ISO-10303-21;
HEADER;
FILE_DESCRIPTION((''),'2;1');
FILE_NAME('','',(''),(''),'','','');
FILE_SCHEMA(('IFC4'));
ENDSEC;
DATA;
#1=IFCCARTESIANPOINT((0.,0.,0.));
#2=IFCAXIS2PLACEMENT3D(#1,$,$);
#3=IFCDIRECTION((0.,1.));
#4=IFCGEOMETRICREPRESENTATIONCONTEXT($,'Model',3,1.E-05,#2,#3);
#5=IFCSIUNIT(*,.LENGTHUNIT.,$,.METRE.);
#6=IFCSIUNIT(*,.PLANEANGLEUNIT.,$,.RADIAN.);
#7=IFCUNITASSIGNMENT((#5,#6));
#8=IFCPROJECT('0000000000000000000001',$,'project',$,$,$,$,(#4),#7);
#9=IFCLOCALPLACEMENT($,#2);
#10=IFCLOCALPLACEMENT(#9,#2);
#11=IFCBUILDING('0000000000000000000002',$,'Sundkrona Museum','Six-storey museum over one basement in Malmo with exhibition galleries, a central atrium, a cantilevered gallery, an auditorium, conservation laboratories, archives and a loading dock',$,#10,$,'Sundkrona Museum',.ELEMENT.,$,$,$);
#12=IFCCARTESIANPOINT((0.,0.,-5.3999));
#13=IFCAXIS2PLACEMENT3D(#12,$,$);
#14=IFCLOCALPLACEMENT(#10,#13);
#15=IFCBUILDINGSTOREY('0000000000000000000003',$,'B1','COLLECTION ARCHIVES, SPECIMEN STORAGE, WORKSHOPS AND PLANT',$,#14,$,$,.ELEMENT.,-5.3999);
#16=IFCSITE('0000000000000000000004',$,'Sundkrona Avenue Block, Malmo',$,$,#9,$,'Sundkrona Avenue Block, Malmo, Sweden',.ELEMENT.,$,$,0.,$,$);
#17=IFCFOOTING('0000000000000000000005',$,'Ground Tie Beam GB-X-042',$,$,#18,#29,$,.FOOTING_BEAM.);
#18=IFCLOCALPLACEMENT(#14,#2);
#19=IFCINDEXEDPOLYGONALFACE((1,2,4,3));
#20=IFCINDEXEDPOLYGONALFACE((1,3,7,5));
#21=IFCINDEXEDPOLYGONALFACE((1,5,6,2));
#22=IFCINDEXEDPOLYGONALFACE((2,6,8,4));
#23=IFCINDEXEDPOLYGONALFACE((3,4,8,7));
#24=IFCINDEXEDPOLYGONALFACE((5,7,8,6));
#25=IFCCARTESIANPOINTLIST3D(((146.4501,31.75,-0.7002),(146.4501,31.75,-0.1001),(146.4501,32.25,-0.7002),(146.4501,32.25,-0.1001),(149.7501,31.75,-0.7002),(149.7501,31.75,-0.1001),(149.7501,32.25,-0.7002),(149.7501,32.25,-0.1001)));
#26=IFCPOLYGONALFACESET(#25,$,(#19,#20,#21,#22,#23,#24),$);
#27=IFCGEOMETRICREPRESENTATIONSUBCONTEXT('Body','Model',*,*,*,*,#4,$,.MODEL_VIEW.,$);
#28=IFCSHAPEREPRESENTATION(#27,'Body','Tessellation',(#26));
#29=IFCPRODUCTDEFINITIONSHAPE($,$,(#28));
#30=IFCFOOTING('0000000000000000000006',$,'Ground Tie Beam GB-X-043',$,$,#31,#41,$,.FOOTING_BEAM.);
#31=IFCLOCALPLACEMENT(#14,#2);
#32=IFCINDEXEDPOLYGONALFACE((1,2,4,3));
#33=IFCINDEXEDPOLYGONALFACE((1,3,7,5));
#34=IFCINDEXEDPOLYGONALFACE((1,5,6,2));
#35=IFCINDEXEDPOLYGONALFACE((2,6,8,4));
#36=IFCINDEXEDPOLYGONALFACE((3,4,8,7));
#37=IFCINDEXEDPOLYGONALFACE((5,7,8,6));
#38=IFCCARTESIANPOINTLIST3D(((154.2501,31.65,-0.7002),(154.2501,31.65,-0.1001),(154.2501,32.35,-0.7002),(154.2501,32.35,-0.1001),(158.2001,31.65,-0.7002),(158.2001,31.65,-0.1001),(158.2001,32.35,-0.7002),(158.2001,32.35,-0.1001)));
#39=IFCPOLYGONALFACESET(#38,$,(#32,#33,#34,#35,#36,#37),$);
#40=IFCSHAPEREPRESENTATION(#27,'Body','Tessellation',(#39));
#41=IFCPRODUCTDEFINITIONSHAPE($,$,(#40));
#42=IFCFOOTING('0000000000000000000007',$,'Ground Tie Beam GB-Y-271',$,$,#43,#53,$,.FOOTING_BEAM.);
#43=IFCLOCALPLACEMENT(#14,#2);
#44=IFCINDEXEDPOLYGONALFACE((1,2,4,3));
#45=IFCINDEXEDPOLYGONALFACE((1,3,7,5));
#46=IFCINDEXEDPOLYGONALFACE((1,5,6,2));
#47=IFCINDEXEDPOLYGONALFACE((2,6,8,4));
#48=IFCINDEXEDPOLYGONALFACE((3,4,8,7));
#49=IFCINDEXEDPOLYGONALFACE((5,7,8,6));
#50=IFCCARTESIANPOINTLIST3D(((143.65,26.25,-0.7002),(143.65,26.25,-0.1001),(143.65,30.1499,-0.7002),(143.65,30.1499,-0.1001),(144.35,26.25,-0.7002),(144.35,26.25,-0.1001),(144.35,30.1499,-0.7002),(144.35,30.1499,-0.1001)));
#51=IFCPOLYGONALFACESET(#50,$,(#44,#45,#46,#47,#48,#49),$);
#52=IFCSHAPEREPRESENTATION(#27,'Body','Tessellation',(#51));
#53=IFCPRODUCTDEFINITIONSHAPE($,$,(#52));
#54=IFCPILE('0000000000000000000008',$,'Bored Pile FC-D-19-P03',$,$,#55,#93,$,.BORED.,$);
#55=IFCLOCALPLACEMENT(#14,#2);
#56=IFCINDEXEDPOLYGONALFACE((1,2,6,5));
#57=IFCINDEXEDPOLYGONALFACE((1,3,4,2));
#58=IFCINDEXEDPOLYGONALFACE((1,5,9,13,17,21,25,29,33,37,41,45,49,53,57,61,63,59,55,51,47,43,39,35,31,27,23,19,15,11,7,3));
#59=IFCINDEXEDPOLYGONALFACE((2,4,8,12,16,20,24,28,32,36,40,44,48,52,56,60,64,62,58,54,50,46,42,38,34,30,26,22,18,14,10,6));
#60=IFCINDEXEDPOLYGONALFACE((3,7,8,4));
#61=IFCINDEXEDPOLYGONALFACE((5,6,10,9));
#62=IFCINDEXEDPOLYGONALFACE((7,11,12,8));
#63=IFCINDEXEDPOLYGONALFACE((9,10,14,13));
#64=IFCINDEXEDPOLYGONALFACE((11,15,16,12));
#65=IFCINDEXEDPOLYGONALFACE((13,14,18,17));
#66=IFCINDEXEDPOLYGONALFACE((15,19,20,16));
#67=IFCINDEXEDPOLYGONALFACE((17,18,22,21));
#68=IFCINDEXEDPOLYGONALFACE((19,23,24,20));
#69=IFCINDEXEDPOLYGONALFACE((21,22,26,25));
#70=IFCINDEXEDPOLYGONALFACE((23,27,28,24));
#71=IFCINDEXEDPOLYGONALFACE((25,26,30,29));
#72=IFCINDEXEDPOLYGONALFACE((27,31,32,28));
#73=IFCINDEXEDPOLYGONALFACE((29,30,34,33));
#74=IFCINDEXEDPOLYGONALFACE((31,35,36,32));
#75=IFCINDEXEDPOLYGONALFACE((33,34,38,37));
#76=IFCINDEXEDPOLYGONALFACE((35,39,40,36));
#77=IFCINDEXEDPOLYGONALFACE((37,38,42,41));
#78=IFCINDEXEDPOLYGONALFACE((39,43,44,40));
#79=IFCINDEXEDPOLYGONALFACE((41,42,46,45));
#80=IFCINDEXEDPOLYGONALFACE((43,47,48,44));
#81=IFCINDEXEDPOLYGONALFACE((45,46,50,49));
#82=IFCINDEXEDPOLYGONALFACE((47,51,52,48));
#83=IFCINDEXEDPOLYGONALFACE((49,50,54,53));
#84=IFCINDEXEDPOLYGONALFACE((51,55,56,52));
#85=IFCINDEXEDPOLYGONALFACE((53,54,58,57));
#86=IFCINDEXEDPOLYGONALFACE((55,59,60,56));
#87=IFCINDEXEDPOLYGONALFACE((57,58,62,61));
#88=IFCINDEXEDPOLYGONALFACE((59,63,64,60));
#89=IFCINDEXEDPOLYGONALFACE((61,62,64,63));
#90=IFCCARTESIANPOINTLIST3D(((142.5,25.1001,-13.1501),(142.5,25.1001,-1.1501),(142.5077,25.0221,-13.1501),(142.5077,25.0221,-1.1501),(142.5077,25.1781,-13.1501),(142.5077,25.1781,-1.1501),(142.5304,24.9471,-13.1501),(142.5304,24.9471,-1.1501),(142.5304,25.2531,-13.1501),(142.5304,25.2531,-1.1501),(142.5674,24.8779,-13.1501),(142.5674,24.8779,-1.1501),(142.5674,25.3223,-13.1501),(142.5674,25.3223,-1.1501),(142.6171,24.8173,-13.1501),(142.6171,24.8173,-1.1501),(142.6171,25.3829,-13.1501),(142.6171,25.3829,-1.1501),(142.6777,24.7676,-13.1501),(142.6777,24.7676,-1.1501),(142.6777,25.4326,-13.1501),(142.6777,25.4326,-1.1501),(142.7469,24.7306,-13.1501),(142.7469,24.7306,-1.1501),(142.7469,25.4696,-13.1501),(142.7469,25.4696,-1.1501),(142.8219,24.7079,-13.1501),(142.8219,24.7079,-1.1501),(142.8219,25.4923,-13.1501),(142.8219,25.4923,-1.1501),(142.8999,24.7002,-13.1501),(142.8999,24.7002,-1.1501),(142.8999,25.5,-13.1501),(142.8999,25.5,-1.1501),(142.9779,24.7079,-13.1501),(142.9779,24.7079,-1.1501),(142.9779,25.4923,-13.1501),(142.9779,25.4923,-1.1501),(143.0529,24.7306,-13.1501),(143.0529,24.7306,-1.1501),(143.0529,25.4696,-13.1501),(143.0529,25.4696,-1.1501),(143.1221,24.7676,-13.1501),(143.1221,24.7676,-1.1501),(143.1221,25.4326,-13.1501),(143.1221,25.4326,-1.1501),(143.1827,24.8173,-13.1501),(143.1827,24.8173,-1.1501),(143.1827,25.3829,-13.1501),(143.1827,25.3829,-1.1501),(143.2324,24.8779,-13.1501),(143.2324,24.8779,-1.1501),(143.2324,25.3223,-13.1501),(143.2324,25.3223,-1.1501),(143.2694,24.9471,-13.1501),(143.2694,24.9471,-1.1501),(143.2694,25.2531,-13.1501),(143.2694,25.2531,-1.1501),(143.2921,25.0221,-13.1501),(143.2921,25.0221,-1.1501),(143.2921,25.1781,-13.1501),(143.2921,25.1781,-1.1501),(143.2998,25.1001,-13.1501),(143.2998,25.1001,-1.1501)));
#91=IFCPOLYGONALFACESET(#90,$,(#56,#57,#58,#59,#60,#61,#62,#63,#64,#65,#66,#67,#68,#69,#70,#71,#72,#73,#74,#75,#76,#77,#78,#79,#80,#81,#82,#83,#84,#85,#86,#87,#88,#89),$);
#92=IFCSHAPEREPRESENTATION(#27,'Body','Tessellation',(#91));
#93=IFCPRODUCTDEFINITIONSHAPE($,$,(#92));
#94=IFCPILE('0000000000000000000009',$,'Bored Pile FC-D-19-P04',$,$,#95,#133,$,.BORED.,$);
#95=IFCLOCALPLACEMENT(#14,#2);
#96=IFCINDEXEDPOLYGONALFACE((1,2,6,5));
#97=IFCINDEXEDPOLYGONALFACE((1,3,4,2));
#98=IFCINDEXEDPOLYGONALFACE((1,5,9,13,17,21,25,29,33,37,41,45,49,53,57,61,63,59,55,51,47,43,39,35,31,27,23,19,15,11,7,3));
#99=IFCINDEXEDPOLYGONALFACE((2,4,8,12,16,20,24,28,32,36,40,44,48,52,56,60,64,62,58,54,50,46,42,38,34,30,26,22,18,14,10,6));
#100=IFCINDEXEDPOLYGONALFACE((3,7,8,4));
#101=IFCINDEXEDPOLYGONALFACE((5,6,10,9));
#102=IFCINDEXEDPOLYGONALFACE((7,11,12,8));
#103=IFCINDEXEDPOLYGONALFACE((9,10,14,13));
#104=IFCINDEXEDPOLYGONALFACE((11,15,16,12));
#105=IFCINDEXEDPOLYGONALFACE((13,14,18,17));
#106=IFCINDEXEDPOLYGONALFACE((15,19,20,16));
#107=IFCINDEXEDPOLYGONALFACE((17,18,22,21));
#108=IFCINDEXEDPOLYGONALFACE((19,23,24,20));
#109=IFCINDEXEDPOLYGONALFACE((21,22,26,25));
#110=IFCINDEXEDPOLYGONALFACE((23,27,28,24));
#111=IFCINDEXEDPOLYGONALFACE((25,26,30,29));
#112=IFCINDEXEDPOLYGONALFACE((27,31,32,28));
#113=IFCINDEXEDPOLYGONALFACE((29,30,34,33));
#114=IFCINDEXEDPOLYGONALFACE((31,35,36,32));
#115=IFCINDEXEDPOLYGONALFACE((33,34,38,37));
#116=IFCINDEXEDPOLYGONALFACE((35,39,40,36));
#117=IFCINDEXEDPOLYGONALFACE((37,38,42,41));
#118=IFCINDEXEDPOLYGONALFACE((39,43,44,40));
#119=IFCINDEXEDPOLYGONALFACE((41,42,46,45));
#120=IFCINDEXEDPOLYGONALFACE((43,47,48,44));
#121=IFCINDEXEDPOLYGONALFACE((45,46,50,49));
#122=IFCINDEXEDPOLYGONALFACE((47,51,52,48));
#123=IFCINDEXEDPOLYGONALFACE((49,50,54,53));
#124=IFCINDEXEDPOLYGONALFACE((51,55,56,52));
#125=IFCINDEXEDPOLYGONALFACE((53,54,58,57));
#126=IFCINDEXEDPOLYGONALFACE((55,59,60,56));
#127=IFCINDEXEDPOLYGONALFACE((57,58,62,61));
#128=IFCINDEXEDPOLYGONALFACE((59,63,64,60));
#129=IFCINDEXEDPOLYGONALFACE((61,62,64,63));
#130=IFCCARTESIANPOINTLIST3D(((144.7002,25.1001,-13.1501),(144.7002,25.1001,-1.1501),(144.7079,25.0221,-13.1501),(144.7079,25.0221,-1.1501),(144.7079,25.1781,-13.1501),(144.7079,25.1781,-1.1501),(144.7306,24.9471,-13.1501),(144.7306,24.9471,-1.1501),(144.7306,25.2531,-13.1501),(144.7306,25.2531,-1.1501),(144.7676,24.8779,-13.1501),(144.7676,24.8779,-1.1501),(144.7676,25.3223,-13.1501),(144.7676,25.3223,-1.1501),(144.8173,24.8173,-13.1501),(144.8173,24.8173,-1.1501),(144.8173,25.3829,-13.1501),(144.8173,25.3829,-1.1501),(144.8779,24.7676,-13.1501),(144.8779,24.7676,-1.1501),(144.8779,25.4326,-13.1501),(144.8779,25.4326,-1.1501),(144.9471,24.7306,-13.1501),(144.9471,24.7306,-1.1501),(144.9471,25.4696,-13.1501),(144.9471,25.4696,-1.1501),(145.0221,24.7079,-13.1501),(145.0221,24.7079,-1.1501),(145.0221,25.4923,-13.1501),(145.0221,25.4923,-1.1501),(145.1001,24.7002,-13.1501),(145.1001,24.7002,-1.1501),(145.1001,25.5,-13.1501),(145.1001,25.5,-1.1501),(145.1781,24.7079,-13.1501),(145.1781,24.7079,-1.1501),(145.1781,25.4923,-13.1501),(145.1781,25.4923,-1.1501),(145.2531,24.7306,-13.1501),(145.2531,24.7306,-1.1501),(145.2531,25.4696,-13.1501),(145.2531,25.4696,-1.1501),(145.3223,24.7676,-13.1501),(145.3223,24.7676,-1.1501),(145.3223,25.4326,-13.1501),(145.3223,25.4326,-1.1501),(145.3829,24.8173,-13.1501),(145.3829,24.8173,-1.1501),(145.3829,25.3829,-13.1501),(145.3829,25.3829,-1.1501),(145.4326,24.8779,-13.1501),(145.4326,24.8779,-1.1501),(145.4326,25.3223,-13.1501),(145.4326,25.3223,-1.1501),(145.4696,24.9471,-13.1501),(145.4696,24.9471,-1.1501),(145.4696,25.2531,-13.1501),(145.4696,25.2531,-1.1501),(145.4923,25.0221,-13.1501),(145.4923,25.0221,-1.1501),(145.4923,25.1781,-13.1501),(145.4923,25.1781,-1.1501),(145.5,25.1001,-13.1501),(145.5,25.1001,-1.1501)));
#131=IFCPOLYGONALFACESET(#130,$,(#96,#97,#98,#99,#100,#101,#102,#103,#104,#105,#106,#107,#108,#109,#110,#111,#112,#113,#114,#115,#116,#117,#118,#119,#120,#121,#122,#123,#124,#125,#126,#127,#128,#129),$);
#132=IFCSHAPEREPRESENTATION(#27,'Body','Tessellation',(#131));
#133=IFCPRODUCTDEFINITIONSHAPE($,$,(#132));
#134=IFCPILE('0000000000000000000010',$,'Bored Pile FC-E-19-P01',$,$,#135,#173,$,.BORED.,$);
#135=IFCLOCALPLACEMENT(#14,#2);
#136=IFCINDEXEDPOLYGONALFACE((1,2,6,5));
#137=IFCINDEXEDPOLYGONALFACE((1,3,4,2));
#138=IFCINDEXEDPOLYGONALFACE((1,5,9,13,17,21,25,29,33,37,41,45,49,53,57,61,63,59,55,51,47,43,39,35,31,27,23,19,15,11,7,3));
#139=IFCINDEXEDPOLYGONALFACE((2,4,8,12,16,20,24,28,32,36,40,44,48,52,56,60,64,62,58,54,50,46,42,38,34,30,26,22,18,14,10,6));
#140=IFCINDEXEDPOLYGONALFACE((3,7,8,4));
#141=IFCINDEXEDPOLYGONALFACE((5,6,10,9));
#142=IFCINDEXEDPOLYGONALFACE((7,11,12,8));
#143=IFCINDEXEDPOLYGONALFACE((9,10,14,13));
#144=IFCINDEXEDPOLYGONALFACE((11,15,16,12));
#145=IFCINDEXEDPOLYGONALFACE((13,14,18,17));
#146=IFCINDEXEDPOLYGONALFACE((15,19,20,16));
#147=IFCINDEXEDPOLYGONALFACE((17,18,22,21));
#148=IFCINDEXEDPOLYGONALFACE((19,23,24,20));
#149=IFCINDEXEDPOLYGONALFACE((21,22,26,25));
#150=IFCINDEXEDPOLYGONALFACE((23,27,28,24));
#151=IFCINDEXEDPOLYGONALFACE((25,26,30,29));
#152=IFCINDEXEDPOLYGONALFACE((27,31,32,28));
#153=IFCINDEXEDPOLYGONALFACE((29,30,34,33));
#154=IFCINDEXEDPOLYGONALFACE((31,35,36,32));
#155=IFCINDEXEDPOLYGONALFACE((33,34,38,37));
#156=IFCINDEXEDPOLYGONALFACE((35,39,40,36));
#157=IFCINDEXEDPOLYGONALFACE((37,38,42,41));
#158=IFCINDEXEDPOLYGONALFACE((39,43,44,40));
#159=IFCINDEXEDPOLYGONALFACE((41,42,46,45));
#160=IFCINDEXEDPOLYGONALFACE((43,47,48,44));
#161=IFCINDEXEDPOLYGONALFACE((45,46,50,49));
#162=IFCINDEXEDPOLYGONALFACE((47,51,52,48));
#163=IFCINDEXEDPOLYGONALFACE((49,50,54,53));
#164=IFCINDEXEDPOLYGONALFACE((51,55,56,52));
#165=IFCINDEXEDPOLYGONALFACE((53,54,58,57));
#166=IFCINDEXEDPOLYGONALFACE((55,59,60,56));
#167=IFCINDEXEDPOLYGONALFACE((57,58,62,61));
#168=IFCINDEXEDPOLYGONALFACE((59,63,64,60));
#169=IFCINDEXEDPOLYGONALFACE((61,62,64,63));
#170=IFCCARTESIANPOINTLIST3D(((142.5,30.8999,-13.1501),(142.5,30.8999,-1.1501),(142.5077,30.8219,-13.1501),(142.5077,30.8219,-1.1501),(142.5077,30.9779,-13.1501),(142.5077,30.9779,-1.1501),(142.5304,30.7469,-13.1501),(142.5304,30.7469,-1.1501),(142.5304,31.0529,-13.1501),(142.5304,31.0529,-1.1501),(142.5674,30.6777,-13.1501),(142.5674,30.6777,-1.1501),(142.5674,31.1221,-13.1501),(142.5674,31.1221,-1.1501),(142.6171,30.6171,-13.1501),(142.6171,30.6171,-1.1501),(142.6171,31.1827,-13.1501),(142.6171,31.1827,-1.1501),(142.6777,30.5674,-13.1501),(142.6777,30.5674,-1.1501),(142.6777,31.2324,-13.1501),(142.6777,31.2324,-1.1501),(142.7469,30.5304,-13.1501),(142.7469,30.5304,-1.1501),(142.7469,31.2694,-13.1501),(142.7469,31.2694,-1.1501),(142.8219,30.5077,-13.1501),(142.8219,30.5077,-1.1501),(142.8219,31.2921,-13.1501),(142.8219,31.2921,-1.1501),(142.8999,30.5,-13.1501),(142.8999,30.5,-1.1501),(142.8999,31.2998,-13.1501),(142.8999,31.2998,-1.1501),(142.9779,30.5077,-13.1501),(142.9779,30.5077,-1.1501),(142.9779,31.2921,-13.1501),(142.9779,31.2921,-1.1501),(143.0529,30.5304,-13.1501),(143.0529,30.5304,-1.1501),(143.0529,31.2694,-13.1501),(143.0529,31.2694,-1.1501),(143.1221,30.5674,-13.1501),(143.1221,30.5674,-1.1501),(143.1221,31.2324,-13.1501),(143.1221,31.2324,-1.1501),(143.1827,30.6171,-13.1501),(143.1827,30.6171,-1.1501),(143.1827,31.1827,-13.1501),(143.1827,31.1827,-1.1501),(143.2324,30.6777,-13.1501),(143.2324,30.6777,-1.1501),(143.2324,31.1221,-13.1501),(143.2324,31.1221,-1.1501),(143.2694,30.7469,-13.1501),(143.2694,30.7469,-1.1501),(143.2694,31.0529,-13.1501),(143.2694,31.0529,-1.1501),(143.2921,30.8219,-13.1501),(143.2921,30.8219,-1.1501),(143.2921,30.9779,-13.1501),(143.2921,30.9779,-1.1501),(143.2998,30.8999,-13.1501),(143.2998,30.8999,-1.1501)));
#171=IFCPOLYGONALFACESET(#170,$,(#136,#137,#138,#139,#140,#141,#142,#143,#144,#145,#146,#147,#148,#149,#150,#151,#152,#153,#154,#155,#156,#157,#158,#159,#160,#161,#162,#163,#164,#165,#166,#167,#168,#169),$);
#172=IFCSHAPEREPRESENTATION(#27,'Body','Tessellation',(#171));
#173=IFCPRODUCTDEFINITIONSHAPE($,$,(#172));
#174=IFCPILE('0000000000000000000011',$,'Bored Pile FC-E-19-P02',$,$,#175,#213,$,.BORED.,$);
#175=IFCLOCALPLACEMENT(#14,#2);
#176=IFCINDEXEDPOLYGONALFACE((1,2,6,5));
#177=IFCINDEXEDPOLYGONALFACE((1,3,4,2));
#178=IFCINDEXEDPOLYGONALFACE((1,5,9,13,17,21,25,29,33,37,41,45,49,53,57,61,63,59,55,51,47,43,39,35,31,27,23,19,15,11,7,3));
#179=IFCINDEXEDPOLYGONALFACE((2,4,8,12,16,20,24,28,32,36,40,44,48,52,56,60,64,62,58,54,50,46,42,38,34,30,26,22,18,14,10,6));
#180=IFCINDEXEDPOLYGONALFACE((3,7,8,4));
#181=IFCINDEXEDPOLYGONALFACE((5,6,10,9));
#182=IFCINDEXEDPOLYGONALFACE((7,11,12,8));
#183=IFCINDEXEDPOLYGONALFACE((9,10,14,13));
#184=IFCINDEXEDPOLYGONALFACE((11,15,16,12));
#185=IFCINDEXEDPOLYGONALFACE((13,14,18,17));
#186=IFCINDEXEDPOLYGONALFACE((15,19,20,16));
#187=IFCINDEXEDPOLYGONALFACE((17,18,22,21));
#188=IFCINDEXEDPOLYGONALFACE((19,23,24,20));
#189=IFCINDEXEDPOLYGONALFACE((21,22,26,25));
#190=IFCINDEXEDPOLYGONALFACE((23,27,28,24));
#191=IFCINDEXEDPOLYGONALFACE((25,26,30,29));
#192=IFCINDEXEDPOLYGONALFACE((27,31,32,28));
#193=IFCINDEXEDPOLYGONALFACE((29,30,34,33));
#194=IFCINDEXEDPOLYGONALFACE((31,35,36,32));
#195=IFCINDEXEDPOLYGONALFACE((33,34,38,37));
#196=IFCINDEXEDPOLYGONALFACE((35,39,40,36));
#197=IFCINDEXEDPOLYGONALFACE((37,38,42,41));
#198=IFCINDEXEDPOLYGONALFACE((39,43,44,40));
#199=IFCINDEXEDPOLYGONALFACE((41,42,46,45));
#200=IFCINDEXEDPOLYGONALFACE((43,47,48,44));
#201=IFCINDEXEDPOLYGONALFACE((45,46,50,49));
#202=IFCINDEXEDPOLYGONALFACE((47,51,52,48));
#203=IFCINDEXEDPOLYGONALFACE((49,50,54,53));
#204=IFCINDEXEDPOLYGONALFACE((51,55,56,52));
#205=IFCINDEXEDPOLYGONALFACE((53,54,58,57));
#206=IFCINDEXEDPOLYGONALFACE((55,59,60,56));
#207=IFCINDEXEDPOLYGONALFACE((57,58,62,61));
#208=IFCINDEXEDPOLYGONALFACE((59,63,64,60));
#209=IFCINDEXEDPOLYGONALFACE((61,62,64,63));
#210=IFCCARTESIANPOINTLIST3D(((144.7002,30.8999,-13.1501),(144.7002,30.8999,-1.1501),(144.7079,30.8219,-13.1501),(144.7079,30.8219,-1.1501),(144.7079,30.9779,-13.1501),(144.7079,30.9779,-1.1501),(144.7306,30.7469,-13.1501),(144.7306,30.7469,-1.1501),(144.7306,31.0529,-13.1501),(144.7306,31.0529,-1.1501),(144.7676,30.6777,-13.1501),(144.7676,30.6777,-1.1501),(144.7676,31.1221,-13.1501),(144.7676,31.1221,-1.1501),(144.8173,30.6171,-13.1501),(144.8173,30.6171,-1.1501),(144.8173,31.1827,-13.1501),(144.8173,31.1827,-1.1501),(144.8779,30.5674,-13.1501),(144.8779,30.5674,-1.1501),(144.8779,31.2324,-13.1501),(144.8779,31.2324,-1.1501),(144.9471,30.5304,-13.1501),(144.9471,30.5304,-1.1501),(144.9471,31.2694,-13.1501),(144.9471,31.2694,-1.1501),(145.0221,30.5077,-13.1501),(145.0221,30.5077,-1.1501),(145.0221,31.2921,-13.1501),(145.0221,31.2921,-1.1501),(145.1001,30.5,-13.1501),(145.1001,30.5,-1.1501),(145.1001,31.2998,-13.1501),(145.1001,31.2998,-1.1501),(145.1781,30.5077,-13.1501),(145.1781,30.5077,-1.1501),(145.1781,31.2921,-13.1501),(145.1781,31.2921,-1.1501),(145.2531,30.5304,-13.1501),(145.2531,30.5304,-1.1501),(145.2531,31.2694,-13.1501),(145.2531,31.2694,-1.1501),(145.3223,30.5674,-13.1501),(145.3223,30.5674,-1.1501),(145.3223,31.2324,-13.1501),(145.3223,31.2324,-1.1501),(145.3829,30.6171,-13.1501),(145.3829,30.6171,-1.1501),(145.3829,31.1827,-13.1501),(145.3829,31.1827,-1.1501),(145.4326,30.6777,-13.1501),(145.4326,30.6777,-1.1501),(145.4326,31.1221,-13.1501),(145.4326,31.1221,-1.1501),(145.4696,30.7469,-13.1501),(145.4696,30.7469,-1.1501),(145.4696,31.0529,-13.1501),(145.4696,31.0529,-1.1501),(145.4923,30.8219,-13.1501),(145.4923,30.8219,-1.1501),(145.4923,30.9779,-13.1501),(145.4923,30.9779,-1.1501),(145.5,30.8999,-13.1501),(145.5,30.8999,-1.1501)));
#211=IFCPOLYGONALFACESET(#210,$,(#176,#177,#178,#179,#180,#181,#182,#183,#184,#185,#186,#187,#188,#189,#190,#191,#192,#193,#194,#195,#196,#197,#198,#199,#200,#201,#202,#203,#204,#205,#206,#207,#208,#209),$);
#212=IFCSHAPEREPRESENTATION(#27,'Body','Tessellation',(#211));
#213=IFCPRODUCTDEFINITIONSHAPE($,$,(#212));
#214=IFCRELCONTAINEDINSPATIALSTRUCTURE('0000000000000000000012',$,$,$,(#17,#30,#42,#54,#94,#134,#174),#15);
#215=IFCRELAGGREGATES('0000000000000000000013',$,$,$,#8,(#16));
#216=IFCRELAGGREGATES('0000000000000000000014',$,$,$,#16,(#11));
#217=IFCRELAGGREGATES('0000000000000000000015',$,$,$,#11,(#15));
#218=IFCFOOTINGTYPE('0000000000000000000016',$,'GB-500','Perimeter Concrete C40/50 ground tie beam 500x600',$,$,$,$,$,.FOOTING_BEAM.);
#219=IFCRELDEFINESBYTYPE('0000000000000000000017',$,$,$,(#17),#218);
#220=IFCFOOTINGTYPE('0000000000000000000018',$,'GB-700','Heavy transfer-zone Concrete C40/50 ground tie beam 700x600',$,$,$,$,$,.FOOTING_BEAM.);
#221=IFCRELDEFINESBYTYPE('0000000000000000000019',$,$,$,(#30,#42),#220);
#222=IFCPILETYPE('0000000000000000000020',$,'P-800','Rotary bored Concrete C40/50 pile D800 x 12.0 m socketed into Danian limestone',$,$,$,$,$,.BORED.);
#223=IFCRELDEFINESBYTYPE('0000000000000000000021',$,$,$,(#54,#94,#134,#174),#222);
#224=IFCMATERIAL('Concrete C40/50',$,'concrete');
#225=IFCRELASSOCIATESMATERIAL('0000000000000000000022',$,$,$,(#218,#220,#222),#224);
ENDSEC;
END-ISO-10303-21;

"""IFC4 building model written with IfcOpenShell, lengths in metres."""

from ifc_helpers import new_model, si_unit, direction, frame, origin, origin_2d, place, context, subcontext, project, spatial, rectangle, circle, extrude, material, material_profile, profile_set, type_object, element, save


model = new_model("IFC4")

# Units and contexts
model_context = context("Model", 3, precision=1e-05, world=origin(), true_north=direction((0.0, 1.0)))
body_context = subcontext(model_context, "Body", "Model", "MODEL_VIEW")
ifc_project = project(units=[si_unit("LENGTHUNIT", "METRE"), si_unit("PLANEANGLEUNIT", "RADIAN")], contexts=[model_context])

# Site, building, storey
site_placement = place(None, origin())
site = spatial("IfcSite", under=ifc_project, at=site_placement, Name="Sundkrona Avenue Block, Malmo", LongName="Sundkrona Avenue Block, Malmo, Sweden", CompositionType="ELEMENT", RefElevation=0.0)
building_placement = place(site_placement, origin())
building = spatial("IfcBuilding", under=site, at=building_placement, Name="Sundkrona Museum", Description="Six-storey museum over one basement in Malmo with exhibition galleries, a central atrium, a cantilevered gallery, an auditorium, conservation laboratories, archives and a loading dock", LongName="Sundkrona Museum", CompositionType="ELEMENT")
storey_placement = place(building_placement, frame((0.0, 0.0, -5.3999)))
storey = spatial("IfcBuildingStorey", under=building, at=storey_placement, Name="B1", Description="COLLECTION ARCHIVES, SPECIMEN STORAGE, WORKSHOPS AND PLANT", CompositionType="ELEMENT", Elevation=-5.3999)

# Footings
ifc_material_1 = material(Name="Concrete C40/50", Category="concrete")
footing_type_1 = type_object("IfcFootingType", Name="GB-500", Description="Perimeter Concrete C40/50 ground tie beam 500x600", PredefinedType="FOOTING_BEAM", material=ifc_material_1)
footing_1_placement = place(storey_placement, frame((148.1001, 32.0, -0.7002), z_axis=(0.0, 0.0, 1.0), x_axis=(1.0, 0.0, 0.0)))
element("IfcFooting", 1, at=footing_1_placement, inside=storey, type_object=footing_type_1, Name="Ground Tie Beam GB-X-042", PredefinedType="FOOTING_BEAM", context=body_context, shape_type="SweptSolid", body=[
    extrude(rectangle(XDim=3.3, YDim=0.5, at=origin_2d()), origin(), (0.0, 0.0, 1.0), 0.6001),
])
footing_type_2 = type_object("IfcFootingType", Name="GB-700", Description="Heavy transfer-zone Concrete C40/50 ground tie beam 700x600", PredefinedType="FOOTING_BEAM", material=ifc_material_1)
footing_2_placement = place(storey_placement, frame((156.2251, 32.0, -0.7002), z_axis=(0.0, 0.0, 1.0), x_axis=(1.0, 0.0, 0.0)))
element("IfcFooting", 2, at=footing_2_placement, inside=storey, type_object=footing_type_2, Name="Ground Tie Beam GB-X-043", PredefinedType="FOOTING_BEAM", context=body_context, shape_type="SweptSolid", body=[
    extrude(rectangle(XDim=3.95, YDim=0.7, at=origin_2d()), origin(), (0.0, 0.0, 1.0), 0.6001),
])
footing_3_placement = place(storey_placement, frame((144.0, 28.2, -0.7002), z_axis=(0.0, 0.0, 1.0), x_axis=(0.0, 1.0, 0.0)))
element("IfcFooting", 3, at=footing_3_placement, inside=storey, type_object=footing_type_2, Name="Ground Tie Beam GB-Y-271", PredefinedType="FOOTING_BEAM", context=body_context, shape_type="SweptSolid", body=[
    extrude(rectangle(XDim=3.8999, YDim=0.7, at=origin_2d()), origin(), (0.0, 0.0, 1.0), 0.6001),
])

# Piles
ifc_material_profile_1 = material_profile(ifc_material_1, circle(Radius=0.3999, at=origin_2d()), Name="PILE D800")
ifc_profile_set_1 = profile_set([ifc_material_profile_1], Name="Concrete C40/50")
pile_type = type_object("IfcPileType", Name="P-800", Description="Rotary bored Concrete C40/50 pile D800 x 12.0 m socketed into Danian limestone", PredefinedType="BORED", material=ifc_profile_set_1)
for number, where, z_axis, x_axis, name in (
    (4, (142.8999, 25.1001, -1.1501), (0.0, 0.0, -1.0), (1.0, 0.0, 0.0), "Bored Pile FC-D-19-P03"),
    (5, (145.1001, 25.1001, -1.1501), (0.0, 0.0, -1.0), (1.0, 0.0, 0.0), "Bored Pile FC-D-19-P04"),
    (6, (142.8999, 30.8999, -1.1501), (0.0, 0.0, -1.0), (1.0, 0.0, 0.0), "Bored Pile FC-E-19-P01"),
    (7, (145.1001, 30.8999, -1.1501), (0.0, 0.0, -1.0), (1.0, 0.0, 0.0), "Bored Pile FC-E-19-P02"),
):
    element("IfcPile", number, at=place(storey_placement, frame(where, z_axis=z_axis, x_axis=x_axis)), inside=storey, type_object=pile_type, Name=name, PredefinedType="BORED", context=body_context, shape_type="SweptSolid", body=[
        extrude(circle(Radius=0.3999, at=origin_2d()), origin(), (0.0, 0.0, 1.0), 12.0),
    ])

save(model, "model.ifc")
